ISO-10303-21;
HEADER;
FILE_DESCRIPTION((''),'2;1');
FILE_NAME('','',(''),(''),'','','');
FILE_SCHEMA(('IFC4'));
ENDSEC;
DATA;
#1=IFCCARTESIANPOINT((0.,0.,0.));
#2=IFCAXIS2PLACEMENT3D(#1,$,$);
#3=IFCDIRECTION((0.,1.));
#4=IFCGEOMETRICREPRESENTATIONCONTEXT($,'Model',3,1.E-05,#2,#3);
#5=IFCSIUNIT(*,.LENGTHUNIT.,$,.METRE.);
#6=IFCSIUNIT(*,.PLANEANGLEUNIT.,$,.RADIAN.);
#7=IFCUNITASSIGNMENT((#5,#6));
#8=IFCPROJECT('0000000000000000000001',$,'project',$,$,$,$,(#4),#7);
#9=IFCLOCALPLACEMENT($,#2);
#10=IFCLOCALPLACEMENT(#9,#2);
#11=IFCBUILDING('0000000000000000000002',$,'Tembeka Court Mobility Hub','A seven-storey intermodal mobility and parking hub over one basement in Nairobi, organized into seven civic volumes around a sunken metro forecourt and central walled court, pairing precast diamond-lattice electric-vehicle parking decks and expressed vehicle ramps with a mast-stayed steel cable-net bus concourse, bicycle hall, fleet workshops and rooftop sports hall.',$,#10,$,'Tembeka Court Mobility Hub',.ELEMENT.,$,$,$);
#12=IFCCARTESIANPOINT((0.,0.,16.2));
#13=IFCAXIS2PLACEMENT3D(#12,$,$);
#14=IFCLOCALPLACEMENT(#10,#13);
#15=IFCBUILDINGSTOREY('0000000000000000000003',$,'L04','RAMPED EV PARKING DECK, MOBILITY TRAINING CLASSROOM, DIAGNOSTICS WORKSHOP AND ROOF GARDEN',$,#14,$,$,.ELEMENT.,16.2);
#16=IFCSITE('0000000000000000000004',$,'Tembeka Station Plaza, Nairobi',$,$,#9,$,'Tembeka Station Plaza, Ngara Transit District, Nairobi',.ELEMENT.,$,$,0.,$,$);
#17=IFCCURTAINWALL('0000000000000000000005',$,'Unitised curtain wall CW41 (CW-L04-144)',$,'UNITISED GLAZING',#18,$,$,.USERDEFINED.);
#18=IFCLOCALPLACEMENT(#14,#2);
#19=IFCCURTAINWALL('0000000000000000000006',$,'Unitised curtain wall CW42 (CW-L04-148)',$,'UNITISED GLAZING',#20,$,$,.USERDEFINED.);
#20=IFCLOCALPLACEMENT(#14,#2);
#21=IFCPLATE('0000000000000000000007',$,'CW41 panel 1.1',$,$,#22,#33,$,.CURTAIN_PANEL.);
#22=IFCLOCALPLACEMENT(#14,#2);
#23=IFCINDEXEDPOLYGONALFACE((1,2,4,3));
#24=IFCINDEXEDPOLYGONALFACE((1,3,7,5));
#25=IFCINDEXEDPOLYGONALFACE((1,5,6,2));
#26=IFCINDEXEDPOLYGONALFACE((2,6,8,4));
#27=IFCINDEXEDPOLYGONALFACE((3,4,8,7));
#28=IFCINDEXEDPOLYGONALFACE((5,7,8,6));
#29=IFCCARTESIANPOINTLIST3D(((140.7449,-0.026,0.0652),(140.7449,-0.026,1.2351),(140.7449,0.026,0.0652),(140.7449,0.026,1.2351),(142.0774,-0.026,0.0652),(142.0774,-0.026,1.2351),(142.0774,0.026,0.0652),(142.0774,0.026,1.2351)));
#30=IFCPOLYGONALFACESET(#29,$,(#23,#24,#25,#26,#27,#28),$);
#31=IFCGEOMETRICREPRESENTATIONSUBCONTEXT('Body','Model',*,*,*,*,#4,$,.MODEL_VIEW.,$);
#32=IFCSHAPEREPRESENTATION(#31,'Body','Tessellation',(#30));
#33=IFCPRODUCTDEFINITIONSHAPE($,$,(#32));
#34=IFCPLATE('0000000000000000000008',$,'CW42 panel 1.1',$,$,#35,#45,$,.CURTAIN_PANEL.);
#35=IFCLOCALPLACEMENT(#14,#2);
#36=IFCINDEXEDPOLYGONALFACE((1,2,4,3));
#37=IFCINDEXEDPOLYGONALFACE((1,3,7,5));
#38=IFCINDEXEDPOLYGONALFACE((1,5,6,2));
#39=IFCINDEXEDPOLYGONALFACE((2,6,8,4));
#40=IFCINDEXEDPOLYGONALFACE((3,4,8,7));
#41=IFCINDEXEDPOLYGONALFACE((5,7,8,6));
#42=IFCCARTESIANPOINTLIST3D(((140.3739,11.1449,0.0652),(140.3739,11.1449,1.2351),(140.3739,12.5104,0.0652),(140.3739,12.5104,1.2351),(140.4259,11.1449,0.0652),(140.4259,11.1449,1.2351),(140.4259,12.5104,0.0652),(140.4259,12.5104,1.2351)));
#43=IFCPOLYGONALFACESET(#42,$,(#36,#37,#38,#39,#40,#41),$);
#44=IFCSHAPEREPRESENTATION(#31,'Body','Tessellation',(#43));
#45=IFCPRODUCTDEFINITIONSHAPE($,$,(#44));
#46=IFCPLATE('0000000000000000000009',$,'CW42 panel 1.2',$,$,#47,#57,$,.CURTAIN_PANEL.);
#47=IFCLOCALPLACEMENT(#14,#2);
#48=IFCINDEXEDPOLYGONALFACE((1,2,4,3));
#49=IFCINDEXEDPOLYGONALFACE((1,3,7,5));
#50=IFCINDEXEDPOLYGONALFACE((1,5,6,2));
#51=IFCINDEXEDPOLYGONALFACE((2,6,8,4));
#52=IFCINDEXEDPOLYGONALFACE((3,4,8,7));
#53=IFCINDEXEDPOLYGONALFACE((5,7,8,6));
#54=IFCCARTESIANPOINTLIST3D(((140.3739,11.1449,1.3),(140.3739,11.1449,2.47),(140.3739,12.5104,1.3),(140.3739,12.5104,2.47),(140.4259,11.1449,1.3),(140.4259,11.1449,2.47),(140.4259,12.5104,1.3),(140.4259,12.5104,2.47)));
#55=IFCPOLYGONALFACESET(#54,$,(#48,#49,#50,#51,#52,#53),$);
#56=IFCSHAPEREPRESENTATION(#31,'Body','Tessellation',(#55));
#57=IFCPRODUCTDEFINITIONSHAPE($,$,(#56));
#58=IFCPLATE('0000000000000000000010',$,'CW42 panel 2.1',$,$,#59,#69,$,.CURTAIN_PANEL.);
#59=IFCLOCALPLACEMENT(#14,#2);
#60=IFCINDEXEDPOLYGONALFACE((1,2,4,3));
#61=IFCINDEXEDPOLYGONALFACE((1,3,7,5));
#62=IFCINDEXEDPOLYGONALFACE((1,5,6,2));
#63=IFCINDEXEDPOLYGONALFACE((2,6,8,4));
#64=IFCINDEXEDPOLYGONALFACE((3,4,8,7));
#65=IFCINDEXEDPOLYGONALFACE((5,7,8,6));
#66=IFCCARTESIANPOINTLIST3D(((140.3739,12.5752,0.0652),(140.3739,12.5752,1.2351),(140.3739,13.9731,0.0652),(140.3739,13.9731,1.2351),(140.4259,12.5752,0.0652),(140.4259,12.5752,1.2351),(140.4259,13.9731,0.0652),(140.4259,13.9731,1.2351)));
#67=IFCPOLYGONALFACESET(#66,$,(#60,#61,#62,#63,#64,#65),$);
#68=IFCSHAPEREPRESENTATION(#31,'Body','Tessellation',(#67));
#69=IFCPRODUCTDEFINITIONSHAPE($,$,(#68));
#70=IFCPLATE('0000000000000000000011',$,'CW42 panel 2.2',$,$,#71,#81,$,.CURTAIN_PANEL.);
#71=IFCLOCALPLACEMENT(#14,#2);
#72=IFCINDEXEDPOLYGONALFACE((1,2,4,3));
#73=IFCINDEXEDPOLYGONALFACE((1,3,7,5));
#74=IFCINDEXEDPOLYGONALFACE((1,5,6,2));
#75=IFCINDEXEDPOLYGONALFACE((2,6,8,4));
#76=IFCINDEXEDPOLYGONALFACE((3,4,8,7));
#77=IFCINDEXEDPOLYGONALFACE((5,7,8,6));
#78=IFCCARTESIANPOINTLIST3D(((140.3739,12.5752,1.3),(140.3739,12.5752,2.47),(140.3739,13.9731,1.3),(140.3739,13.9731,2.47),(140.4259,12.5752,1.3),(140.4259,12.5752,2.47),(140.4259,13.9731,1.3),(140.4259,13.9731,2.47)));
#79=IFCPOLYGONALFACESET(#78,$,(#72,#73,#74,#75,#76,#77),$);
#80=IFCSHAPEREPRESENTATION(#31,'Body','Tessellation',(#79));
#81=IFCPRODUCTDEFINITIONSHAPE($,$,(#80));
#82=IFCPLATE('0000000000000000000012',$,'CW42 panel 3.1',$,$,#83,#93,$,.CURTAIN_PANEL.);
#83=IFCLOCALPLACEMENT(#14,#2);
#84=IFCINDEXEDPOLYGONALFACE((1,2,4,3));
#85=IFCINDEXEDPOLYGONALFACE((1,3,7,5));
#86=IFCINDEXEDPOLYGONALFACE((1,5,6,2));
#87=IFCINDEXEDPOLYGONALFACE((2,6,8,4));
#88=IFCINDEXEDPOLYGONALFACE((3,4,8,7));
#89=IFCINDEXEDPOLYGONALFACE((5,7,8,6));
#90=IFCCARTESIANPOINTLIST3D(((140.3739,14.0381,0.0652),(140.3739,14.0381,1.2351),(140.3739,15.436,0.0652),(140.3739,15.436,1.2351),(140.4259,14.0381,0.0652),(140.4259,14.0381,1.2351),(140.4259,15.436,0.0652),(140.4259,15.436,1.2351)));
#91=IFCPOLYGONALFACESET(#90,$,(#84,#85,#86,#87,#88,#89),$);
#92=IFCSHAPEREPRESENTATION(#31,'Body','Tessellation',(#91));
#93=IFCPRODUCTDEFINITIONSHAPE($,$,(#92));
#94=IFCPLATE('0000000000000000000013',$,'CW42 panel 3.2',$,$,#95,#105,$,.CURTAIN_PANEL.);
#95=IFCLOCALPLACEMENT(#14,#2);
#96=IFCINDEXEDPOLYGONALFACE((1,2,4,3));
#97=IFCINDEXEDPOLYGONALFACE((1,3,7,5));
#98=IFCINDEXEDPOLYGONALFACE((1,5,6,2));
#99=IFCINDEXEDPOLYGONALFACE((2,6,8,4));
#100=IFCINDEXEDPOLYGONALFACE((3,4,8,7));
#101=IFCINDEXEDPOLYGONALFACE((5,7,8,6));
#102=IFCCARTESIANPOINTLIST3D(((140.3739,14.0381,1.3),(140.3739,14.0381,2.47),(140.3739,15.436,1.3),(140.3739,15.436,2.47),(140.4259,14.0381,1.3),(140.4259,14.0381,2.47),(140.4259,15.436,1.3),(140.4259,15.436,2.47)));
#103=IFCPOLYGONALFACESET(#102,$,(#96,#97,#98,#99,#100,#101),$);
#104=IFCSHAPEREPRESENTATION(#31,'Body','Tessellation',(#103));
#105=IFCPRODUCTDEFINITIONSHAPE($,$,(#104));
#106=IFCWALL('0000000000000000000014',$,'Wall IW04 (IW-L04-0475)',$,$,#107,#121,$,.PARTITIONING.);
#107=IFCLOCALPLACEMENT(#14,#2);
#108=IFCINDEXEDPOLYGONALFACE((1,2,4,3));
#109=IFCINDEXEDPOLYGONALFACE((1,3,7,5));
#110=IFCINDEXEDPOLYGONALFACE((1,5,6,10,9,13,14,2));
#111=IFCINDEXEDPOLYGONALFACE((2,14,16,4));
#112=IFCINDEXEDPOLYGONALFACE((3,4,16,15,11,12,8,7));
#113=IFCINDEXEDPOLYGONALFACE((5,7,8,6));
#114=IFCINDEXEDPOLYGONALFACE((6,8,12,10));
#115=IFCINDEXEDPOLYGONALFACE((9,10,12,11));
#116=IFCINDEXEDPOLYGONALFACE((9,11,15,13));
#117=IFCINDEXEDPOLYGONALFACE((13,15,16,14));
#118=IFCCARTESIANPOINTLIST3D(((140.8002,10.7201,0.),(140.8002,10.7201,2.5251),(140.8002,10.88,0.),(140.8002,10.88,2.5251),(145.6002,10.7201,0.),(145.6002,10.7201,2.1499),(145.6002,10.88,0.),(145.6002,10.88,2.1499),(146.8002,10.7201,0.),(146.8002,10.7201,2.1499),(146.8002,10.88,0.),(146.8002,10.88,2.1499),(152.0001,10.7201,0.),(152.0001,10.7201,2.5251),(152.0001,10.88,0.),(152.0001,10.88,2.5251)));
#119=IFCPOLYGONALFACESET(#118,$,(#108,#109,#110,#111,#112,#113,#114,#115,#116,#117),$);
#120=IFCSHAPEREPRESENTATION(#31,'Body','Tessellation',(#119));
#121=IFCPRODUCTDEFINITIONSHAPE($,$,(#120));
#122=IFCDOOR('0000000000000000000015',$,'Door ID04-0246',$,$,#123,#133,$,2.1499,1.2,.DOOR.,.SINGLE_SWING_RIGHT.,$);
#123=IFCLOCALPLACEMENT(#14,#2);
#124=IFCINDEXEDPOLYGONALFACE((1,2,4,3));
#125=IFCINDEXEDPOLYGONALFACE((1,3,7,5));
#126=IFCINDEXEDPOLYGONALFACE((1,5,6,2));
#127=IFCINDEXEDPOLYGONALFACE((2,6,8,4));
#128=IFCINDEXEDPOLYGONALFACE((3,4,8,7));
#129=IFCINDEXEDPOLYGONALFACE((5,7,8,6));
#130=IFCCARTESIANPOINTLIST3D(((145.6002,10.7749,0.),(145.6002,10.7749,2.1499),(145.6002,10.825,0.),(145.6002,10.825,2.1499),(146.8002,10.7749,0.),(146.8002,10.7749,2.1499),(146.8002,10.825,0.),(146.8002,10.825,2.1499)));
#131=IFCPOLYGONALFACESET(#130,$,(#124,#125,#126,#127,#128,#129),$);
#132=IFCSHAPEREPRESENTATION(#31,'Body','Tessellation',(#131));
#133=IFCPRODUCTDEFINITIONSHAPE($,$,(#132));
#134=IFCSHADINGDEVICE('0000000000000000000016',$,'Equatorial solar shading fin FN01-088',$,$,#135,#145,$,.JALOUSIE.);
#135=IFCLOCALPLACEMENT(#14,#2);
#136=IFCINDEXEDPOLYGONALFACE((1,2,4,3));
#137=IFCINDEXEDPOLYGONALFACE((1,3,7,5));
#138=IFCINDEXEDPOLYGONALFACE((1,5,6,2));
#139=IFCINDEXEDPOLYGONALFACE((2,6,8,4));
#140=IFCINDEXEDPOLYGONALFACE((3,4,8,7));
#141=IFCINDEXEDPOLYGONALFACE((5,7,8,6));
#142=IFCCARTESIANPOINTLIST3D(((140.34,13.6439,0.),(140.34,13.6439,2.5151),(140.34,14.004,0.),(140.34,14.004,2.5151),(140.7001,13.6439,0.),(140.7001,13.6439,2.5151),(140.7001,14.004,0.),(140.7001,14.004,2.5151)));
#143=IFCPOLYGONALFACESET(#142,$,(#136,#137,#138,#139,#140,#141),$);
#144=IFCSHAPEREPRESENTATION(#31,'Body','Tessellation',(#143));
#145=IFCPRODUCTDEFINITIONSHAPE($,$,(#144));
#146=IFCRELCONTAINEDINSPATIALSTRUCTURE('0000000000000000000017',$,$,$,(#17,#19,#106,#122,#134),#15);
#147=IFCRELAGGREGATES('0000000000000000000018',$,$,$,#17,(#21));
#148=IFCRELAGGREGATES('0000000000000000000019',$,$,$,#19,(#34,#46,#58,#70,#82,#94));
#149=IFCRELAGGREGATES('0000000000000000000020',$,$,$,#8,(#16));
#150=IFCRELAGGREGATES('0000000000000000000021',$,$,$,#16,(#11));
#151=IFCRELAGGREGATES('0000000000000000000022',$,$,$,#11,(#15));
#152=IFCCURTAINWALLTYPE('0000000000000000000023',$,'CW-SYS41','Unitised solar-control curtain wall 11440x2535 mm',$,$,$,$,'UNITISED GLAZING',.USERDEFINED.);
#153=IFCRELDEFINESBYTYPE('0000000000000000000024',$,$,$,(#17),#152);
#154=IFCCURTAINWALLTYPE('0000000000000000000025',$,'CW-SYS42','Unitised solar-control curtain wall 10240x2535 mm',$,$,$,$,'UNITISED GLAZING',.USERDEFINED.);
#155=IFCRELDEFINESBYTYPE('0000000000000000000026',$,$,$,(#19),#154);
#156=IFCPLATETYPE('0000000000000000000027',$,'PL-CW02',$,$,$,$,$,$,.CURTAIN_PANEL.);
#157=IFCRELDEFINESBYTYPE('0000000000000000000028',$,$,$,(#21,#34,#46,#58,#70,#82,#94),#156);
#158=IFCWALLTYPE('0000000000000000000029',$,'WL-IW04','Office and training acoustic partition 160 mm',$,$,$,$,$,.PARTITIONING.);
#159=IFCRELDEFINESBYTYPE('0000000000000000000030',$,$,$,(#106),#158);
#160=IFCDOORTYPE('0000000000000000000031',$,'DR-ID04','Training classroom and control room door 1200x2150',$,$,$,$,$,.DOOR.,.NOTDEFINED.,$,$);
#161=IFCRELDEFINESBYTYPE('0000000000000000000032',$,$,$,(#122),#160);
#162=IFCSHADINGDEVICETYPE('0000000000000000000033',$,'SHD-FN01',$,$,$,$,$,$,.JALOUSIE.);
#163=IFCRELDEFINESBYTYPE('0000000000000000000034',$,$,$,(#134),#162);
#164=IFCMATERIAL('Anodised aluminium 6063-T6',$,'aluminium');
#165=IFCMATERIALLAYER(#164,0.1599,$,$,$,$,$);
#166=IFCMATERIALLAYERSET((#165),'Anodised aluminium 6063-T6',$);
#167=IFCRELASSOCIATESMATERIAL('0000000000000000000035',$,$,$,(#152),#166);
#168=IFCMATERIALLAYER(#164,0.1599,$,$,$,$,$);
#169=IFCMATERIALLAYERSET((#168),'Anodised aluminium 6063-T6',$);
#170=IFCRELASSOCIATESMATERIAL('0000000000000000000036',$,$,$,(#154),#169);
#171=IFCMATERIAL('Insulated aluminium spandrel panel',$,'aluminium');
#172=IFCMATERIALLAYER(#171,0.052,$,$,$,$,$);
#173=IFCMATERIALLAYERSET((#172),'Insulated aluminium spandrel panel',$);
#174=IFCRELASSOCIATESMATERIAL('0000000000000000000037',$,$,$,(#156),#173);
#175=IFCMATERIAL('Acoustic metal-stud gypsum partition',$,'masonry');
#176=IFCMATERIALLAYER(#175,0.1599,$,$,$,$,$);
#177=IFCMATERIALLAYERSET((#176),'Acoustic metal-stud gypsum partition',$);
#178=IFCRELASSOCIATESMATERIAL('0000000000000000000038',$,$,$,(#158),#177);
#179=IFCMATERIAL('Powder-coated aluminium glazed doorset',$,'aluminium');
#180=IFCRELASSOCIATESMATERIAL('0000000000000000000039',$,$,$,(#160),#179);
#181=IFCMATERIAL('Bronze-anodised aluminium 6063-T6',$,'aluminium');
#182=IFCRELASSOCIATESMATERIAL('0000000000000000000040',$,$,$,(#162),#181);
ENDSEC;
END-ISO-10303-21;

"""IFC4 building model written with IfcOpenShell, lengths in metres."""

from ifc_helpers import new_model, si_unit, direction, frame, frame_2d, origin, origin_2d, place, context, subcontext, project, spatial, rectangle, extrude, material, layer, layer_set, material_profile, profile_set, type_object, element, fill, aggregate, save


model = new_model("IFC4")

# Units and contexts
model_context = context("Model", 3, precision=1e-05, world=origin(), true_north=direction((0.0, 1.0)))
body_context = subcontext(model_context, "Body", "Model", "MODEL_VIEW")
ifc_project = project(units=[si_unit("LENGTHUNIT", "METRE"), si_unit("PLANEANGLEUNIT", "RADIAN")], contexts=[model_context])

# Site, building, storey
site_placement = place(None, origin())
site = spatial("IfcSite", under=ifc_project, at=site_placement, Name="Tembeka Station Plaza, Nairobi", LongName="Tembeka Station Plaza, Ngara Transit District, Nairobi", CompositionType="ELEMENT", RefElevation=0.0)
building_placement = place(site_placement, origin())
building = spatial("IfcBuilding", under=site, at=building_placement, Name="Tembeka Court Mobility Hub", Description="A seven-storey intermodal mobility and parking hub over one basement in Nairobi, organized into seven civic volumes around a sunken metro forecourt and central walled court, pairing precast diamond-lattice electric-vehicle parking decks and expressed vehicle ramps with a mast-stayed steel cable-net bus concourse, bicycle hall, fleet workshops and rooftop sports hall.", LongName="Tembeka Court Mobility Hub", CompositionType="ELEMENT")
storey_placement = place(building_placement, frame((0.0, 0.0, 16.2)))
storey = spatial("IfcBuildingStorey", under=building, at=storey_placement, Name="L04", Description="RAMPED EV PARKING DECK, MOBILITY TRAINING CLASSROOM, DIAGNOSTICS WORKSHOP AND ROOF GARDEN", CompositionType="ELEMENT", Elevation=16.2)

# Curtain wall
ifc_material_1 = material(Name="Anodised aluminium 6063-T6", Category="aluminium")
ifc_layer_1 = layer(ifc_material_1, 0.1599)
ifc_layer_set_1 = layer_set([ifc_layer_1], Name="Anodised aluminium 6063-T6")
curtain_wall_type_1 = type_object("IfcCurtainWallType", Name="CW-SYS41", Description="Unitised solar-control curtain wall 11440x2535 mm", ElementType="UNITISED GLAZING", PredefinedType="USERDEFINED", material=ifc_layer_set_1)
curtain_wall_1_placement = place(storey_placement, origin())
curtain_wall_1 = element("IfcCurtainWall", 1, at=curtain_wall_1_placement, inside=storey, type_object=curtain_wall_type_1, Name="Unitised curtain wall CW41 (CW-L04-144)", ObjectType="UNITISED GLAZING", PredefinedType="USERDEFINED")

# Curtain wall
ifc_layer_2 = layer(ifc_material_1, 0.1599)
ifc_layer_set_2 = layer_set([ifc_layer_2], Name="Anodised aluminium 6063-T6")
curtain_wall_type_2 = type_object("IfcCurtainWallType", Name="CW-SYS42", Description="Unitised solar-control curtain wall 10240x2535 mm", ElementType="UNITISED GLAZING", PredefinedType="USERDEFINED", material=ifc_layer_set_2)
curtain_wall_2_placement = place(storey_placement, origin())
curtain_wall_2 = element("IfcCurtainWall", 2, at=curtain_wall_2_placement, inside=storey, type_object=curtain_wall_type_2, Name="Unitised curtain wall CW42 (CW-L04-148)", ObjectType="UNITISED GLAZING", PredefinedType="USERDEFINED")

# Plates
ifc_material_2 = material(Name="Insulated aluminium spandrel panel", Category="aluminium")
ifc_layer_3 = layer(ifc_material_2, 0.052)
ifc_layer_set_3 = layer_set([ifc_layer_3], Name="Insulated aluminium spandrel panel")
plate_type = type_object("IfcPlateType", Name="PL-CW02", PredefinedType="CURTAIN_PANEL", material=ifc_layer_set_3)
plate_1_placement = place(storey_placement, frame((141.4111, 0.0, 0.0652), z_axis=(0.0, 0.0, 1.0), x_axis=(1.0, 0.0, 0.0)))
plate_1 = element("IfcPlate", 3, at=plate_1_placement, type_object=plate_type, Name="CW41 panel 1.1", PredefinedType="CURTAIN_PANEL", context=body_context, shape_type="SweptSolid", body=[
    extrude(rectangle(XDim=1.3325, YDim=0.052, at=origin_2d()), origin(), (0.0, 0.0, 1.0), 1.1699),
])
aggregate(curtain_wall_1, [plate_1])
plate_2_placement = place(storey_placement, frame((140.3999, 11.8276, 0.0652), z_axis=(0.0, 0.0, 1.0), x_axis=(0.0, 1.0, 0.0)))
plate_2 = element("IfcPlate", 4, at=plate_2_placement, type_object=plate_type, Name="CW42 panel 1.1", PredefinedType="CURTAIN_PANEL", context=body_context, shape_type="SweptSolid", body=[
    extrude(rectangle(XDim=1.3655, YDim=0.052, at=origin_2d()), origin(), (0.0, 0.0, 1.0), 1.1699),
])
plate_3_placement = place(storey_placement, frame((140.3999, 11.8276, 1.3), z_axis=(0.0, 0.0, 1.0), x_axis=(0.0, 1.0, 0.0)))
plate_3 = element("IfcPlate", 5, at=plate_3_placement, type_object=plate_type, Name="CW42 panel 1.2", PredefinedType="CURTAIN_PANEL", context=body_context, shape_type="SweptSolid", body=[
    extrude(rectangle(XDim=1.3655, YDim=0.052, at=origin_2d()), origin(), (0.0, 0.0, 1.0), 1.1699),
])
plate_4_placement = place(storey_placement, frame((140.3999, 13.2742, 0.0652), z_axis=(0.0, 0.0, 1.0), x_axis=(0.0, 1.0, 0.0)))
plate_4 = element("IfcPlate", 6, at=plate_4_placement, type_object=plate_type, Name="CW42 panel 2.1", PredefinedType="CURTAIN_PANEL", context=body_context, shape_type="SweptSolid", body=[
    extrude(rectangle(XDim=1.3979, YDim=0.052, at=origin_2d()), origin(), (0.0, 0.0, 1.0), 1.1699),
])
plate_5_placement = place(storey_placement, frame((140.3999, 13.2742, 1.3), z_axis=(0.0, 0.0, 1.0), x_axis=(0.0, 1.0, 0.0)))
plate_5 = element("IfcPlate", 7, at=plate_5_placement, type_object=plate_type, Name="CW42 panel 2.2", PredefinedType="CURTAIN_PANEL", context=body_context, shape_type="SweptSolid", body=[
    extrude(rectangle(XDim=1.3979, YDim=0.052, at=origin_2d()), origin(), (0.0, 0.0, 1.0), 1.1699),
])
plate_6_placement = place(storey_placement, frame((140.3999, 14.7371, 0.0652), z_axis=(0.0, 0.0, 1.0), x_axis=(0.0, 1.0, 0.0)))
plate_6 = element("IfcPlate", 8, at=plate_6_placement, type_object=plate_type, Name="CW42 panel 3.1", PredefinedType="CURTAIN_PANEL", context=body_context, shape_type="SweptSolid", body=[
    extrude(rectangle(XDim=1.3979, YDim=0.052, at=origin_2d()), origin(), (0.0, 0.0, 1.0), 1.1699),
])
plate_7_placement = place(storey_placement, frame((140.3999, 14.7371, 1.3), z_axis=(0.0, 0.0, 1.0), x_axis=(0.0, 1.0, 0.0)))
plate_7 = element("IfcPlate", 9, at=plate_7_placement, type_object=plate_type, Name="CW42 panel 3.2", PredefinedType="CURTAIN_PANEL", context=body_context, shape_type="SweptSolid", body=[
    extrude(rectangle(XDim=1.3979, YDim=0.052, at=origin_2d()), origin(), (0.0, 0.0, 1.0), 1.1699),
])
aggregate(curtain_wall_2, [plate_2, plate_3, plate_4, plate_5, plate_6, plate_7])

# Wall, opening, door
ifc_material_3 = material(Name="Acoustic metal-stud gypsum partition", Category="masonry")
ifc_layer_4 = layer(ifc_material_3, 0.1599)
ifc_layer_set_4 = layer_set([ifc_layer_4], Name="Acoustic metal-stud gypsum partition")
wall_type = type_object("IfcWallType", Name="WL-IW04", Description="Office and training acoustic partition 160 mm", PredefinedType="PARTITIONING", material=ifc_layer_set_4)
wall_placement = place(storey_placement, frame((140.8, 10.8, 0.0), z_axis=(0.0, 0.0, 1.0), x_axis=(1.0, 0.0, 0.0)))
wall = element("IfcWall", 10, at=wall_placement, inside=storey, type_object=wall_type, Name="Wall IW04 (IW-L04-0475)", PredefinedType="PARTITIONING", context=body_context, shape_type="SweptSolid", body=[
    extrude(rectangle(XDim=11.2, YDim=0.1599, at=frame_2d((5.6001, 0.0))), origin(), (0.0, 0.0, 1.0), 2.5251),
])
opening_placement = place(wall_placement, frame((4.8, 0.0, 0.0)))
opening = element("IfcOpeningElement", 11, at=opening_placement, cuts=wall, PredefinedType="OPENING", context=body_context, shape_type="SweptSolid", body=[
    extrude(rectangle(XDim=1.2, YDim=2.1499, at=frame_2d((0.6001, 1.075))), frame((0.0, 0.0898, 0.0), z_axis=(0.0, -1.0, 0.0), x_axis=(1.0, 0.0, 0.0)), (0.0, 0.0, 1.0), 0.1799),
])
ifc_material_4 = material(Name="Powder-coated aluminium glazed doorset", Category="aluminium")
door_type = type_object("IfcDoorType", Name="DR-ID04", Description="Training classroom and control room door 1200x2150", OperationType="NOTDEFINED", PredefinedType="DOOR", material=ifc_material_4)
door_placement = place(opening_placement, origin())
door = element("IfcDoor", 12, at=door_placement, inside=storey, type_object=door_type, Name="Door ID04-0246", OperationType="SINGLE_SWING_RIGHT", OverallHeight=2.1499, OverallWidth=1.2, PredefinedType="DOOR", context=body_context, shape_type="SweptSolid", body=[
    extrude(rectangle(XDim=1.2, YDim=2.1499, at=frame_2d((0.6001, 1.075))), frame((0.0, 0.0249, 0.0), z_axis=(0.0, -1.0, 0.0), x_axis=(1.0, 0.0, 0.0)), (0.0, 0.0, 1.0), 0.05),
])
fill(opening, door)

# Shading device
ifc_material_5 = material(Name="Bronze-anodised aluminium 6063-T6", Category="aluminium")
ifc_material_profile_1 = material_profile(ifc_material_5, rectangle(XDim=0.3601, YDim=0.3601, at=origin_2d()), Name="ALU-FIN 360x360")
ifc_profile_set_1 = profile_set([ifc_material_profile_1], Name="Bronze-anodised aluminium 6063-T6")
shading_device_type = type_object("IfcShadingDeviceType", Name="SHD-FN01", PredefinedType="JALOUSIE", material=ifc_profile_set_1)
shading_device_placement = place(storey_placement, frame((140.52, 13.824, 0.0), z_axis=(0.0, 0.0, 1.0), x_axis=(1.0, 0.0, 0.0)))
element("IfcShadingDevice", 13, at=shading_device_placement, inside=storey, type_object=shading_device_type, Name="Equatorial solar shading fin FN01-088", PredefinedType="JALOUSIE", context=body_context, shape_type="SweptSolid", body=[
    extrude(rectangle(XDim=0.3601, YDim=0.3601, at=origin_2d()), origin(), (0.0, 0.0, 1.0), 2.5151),
])

save(model, "model.ifc")
